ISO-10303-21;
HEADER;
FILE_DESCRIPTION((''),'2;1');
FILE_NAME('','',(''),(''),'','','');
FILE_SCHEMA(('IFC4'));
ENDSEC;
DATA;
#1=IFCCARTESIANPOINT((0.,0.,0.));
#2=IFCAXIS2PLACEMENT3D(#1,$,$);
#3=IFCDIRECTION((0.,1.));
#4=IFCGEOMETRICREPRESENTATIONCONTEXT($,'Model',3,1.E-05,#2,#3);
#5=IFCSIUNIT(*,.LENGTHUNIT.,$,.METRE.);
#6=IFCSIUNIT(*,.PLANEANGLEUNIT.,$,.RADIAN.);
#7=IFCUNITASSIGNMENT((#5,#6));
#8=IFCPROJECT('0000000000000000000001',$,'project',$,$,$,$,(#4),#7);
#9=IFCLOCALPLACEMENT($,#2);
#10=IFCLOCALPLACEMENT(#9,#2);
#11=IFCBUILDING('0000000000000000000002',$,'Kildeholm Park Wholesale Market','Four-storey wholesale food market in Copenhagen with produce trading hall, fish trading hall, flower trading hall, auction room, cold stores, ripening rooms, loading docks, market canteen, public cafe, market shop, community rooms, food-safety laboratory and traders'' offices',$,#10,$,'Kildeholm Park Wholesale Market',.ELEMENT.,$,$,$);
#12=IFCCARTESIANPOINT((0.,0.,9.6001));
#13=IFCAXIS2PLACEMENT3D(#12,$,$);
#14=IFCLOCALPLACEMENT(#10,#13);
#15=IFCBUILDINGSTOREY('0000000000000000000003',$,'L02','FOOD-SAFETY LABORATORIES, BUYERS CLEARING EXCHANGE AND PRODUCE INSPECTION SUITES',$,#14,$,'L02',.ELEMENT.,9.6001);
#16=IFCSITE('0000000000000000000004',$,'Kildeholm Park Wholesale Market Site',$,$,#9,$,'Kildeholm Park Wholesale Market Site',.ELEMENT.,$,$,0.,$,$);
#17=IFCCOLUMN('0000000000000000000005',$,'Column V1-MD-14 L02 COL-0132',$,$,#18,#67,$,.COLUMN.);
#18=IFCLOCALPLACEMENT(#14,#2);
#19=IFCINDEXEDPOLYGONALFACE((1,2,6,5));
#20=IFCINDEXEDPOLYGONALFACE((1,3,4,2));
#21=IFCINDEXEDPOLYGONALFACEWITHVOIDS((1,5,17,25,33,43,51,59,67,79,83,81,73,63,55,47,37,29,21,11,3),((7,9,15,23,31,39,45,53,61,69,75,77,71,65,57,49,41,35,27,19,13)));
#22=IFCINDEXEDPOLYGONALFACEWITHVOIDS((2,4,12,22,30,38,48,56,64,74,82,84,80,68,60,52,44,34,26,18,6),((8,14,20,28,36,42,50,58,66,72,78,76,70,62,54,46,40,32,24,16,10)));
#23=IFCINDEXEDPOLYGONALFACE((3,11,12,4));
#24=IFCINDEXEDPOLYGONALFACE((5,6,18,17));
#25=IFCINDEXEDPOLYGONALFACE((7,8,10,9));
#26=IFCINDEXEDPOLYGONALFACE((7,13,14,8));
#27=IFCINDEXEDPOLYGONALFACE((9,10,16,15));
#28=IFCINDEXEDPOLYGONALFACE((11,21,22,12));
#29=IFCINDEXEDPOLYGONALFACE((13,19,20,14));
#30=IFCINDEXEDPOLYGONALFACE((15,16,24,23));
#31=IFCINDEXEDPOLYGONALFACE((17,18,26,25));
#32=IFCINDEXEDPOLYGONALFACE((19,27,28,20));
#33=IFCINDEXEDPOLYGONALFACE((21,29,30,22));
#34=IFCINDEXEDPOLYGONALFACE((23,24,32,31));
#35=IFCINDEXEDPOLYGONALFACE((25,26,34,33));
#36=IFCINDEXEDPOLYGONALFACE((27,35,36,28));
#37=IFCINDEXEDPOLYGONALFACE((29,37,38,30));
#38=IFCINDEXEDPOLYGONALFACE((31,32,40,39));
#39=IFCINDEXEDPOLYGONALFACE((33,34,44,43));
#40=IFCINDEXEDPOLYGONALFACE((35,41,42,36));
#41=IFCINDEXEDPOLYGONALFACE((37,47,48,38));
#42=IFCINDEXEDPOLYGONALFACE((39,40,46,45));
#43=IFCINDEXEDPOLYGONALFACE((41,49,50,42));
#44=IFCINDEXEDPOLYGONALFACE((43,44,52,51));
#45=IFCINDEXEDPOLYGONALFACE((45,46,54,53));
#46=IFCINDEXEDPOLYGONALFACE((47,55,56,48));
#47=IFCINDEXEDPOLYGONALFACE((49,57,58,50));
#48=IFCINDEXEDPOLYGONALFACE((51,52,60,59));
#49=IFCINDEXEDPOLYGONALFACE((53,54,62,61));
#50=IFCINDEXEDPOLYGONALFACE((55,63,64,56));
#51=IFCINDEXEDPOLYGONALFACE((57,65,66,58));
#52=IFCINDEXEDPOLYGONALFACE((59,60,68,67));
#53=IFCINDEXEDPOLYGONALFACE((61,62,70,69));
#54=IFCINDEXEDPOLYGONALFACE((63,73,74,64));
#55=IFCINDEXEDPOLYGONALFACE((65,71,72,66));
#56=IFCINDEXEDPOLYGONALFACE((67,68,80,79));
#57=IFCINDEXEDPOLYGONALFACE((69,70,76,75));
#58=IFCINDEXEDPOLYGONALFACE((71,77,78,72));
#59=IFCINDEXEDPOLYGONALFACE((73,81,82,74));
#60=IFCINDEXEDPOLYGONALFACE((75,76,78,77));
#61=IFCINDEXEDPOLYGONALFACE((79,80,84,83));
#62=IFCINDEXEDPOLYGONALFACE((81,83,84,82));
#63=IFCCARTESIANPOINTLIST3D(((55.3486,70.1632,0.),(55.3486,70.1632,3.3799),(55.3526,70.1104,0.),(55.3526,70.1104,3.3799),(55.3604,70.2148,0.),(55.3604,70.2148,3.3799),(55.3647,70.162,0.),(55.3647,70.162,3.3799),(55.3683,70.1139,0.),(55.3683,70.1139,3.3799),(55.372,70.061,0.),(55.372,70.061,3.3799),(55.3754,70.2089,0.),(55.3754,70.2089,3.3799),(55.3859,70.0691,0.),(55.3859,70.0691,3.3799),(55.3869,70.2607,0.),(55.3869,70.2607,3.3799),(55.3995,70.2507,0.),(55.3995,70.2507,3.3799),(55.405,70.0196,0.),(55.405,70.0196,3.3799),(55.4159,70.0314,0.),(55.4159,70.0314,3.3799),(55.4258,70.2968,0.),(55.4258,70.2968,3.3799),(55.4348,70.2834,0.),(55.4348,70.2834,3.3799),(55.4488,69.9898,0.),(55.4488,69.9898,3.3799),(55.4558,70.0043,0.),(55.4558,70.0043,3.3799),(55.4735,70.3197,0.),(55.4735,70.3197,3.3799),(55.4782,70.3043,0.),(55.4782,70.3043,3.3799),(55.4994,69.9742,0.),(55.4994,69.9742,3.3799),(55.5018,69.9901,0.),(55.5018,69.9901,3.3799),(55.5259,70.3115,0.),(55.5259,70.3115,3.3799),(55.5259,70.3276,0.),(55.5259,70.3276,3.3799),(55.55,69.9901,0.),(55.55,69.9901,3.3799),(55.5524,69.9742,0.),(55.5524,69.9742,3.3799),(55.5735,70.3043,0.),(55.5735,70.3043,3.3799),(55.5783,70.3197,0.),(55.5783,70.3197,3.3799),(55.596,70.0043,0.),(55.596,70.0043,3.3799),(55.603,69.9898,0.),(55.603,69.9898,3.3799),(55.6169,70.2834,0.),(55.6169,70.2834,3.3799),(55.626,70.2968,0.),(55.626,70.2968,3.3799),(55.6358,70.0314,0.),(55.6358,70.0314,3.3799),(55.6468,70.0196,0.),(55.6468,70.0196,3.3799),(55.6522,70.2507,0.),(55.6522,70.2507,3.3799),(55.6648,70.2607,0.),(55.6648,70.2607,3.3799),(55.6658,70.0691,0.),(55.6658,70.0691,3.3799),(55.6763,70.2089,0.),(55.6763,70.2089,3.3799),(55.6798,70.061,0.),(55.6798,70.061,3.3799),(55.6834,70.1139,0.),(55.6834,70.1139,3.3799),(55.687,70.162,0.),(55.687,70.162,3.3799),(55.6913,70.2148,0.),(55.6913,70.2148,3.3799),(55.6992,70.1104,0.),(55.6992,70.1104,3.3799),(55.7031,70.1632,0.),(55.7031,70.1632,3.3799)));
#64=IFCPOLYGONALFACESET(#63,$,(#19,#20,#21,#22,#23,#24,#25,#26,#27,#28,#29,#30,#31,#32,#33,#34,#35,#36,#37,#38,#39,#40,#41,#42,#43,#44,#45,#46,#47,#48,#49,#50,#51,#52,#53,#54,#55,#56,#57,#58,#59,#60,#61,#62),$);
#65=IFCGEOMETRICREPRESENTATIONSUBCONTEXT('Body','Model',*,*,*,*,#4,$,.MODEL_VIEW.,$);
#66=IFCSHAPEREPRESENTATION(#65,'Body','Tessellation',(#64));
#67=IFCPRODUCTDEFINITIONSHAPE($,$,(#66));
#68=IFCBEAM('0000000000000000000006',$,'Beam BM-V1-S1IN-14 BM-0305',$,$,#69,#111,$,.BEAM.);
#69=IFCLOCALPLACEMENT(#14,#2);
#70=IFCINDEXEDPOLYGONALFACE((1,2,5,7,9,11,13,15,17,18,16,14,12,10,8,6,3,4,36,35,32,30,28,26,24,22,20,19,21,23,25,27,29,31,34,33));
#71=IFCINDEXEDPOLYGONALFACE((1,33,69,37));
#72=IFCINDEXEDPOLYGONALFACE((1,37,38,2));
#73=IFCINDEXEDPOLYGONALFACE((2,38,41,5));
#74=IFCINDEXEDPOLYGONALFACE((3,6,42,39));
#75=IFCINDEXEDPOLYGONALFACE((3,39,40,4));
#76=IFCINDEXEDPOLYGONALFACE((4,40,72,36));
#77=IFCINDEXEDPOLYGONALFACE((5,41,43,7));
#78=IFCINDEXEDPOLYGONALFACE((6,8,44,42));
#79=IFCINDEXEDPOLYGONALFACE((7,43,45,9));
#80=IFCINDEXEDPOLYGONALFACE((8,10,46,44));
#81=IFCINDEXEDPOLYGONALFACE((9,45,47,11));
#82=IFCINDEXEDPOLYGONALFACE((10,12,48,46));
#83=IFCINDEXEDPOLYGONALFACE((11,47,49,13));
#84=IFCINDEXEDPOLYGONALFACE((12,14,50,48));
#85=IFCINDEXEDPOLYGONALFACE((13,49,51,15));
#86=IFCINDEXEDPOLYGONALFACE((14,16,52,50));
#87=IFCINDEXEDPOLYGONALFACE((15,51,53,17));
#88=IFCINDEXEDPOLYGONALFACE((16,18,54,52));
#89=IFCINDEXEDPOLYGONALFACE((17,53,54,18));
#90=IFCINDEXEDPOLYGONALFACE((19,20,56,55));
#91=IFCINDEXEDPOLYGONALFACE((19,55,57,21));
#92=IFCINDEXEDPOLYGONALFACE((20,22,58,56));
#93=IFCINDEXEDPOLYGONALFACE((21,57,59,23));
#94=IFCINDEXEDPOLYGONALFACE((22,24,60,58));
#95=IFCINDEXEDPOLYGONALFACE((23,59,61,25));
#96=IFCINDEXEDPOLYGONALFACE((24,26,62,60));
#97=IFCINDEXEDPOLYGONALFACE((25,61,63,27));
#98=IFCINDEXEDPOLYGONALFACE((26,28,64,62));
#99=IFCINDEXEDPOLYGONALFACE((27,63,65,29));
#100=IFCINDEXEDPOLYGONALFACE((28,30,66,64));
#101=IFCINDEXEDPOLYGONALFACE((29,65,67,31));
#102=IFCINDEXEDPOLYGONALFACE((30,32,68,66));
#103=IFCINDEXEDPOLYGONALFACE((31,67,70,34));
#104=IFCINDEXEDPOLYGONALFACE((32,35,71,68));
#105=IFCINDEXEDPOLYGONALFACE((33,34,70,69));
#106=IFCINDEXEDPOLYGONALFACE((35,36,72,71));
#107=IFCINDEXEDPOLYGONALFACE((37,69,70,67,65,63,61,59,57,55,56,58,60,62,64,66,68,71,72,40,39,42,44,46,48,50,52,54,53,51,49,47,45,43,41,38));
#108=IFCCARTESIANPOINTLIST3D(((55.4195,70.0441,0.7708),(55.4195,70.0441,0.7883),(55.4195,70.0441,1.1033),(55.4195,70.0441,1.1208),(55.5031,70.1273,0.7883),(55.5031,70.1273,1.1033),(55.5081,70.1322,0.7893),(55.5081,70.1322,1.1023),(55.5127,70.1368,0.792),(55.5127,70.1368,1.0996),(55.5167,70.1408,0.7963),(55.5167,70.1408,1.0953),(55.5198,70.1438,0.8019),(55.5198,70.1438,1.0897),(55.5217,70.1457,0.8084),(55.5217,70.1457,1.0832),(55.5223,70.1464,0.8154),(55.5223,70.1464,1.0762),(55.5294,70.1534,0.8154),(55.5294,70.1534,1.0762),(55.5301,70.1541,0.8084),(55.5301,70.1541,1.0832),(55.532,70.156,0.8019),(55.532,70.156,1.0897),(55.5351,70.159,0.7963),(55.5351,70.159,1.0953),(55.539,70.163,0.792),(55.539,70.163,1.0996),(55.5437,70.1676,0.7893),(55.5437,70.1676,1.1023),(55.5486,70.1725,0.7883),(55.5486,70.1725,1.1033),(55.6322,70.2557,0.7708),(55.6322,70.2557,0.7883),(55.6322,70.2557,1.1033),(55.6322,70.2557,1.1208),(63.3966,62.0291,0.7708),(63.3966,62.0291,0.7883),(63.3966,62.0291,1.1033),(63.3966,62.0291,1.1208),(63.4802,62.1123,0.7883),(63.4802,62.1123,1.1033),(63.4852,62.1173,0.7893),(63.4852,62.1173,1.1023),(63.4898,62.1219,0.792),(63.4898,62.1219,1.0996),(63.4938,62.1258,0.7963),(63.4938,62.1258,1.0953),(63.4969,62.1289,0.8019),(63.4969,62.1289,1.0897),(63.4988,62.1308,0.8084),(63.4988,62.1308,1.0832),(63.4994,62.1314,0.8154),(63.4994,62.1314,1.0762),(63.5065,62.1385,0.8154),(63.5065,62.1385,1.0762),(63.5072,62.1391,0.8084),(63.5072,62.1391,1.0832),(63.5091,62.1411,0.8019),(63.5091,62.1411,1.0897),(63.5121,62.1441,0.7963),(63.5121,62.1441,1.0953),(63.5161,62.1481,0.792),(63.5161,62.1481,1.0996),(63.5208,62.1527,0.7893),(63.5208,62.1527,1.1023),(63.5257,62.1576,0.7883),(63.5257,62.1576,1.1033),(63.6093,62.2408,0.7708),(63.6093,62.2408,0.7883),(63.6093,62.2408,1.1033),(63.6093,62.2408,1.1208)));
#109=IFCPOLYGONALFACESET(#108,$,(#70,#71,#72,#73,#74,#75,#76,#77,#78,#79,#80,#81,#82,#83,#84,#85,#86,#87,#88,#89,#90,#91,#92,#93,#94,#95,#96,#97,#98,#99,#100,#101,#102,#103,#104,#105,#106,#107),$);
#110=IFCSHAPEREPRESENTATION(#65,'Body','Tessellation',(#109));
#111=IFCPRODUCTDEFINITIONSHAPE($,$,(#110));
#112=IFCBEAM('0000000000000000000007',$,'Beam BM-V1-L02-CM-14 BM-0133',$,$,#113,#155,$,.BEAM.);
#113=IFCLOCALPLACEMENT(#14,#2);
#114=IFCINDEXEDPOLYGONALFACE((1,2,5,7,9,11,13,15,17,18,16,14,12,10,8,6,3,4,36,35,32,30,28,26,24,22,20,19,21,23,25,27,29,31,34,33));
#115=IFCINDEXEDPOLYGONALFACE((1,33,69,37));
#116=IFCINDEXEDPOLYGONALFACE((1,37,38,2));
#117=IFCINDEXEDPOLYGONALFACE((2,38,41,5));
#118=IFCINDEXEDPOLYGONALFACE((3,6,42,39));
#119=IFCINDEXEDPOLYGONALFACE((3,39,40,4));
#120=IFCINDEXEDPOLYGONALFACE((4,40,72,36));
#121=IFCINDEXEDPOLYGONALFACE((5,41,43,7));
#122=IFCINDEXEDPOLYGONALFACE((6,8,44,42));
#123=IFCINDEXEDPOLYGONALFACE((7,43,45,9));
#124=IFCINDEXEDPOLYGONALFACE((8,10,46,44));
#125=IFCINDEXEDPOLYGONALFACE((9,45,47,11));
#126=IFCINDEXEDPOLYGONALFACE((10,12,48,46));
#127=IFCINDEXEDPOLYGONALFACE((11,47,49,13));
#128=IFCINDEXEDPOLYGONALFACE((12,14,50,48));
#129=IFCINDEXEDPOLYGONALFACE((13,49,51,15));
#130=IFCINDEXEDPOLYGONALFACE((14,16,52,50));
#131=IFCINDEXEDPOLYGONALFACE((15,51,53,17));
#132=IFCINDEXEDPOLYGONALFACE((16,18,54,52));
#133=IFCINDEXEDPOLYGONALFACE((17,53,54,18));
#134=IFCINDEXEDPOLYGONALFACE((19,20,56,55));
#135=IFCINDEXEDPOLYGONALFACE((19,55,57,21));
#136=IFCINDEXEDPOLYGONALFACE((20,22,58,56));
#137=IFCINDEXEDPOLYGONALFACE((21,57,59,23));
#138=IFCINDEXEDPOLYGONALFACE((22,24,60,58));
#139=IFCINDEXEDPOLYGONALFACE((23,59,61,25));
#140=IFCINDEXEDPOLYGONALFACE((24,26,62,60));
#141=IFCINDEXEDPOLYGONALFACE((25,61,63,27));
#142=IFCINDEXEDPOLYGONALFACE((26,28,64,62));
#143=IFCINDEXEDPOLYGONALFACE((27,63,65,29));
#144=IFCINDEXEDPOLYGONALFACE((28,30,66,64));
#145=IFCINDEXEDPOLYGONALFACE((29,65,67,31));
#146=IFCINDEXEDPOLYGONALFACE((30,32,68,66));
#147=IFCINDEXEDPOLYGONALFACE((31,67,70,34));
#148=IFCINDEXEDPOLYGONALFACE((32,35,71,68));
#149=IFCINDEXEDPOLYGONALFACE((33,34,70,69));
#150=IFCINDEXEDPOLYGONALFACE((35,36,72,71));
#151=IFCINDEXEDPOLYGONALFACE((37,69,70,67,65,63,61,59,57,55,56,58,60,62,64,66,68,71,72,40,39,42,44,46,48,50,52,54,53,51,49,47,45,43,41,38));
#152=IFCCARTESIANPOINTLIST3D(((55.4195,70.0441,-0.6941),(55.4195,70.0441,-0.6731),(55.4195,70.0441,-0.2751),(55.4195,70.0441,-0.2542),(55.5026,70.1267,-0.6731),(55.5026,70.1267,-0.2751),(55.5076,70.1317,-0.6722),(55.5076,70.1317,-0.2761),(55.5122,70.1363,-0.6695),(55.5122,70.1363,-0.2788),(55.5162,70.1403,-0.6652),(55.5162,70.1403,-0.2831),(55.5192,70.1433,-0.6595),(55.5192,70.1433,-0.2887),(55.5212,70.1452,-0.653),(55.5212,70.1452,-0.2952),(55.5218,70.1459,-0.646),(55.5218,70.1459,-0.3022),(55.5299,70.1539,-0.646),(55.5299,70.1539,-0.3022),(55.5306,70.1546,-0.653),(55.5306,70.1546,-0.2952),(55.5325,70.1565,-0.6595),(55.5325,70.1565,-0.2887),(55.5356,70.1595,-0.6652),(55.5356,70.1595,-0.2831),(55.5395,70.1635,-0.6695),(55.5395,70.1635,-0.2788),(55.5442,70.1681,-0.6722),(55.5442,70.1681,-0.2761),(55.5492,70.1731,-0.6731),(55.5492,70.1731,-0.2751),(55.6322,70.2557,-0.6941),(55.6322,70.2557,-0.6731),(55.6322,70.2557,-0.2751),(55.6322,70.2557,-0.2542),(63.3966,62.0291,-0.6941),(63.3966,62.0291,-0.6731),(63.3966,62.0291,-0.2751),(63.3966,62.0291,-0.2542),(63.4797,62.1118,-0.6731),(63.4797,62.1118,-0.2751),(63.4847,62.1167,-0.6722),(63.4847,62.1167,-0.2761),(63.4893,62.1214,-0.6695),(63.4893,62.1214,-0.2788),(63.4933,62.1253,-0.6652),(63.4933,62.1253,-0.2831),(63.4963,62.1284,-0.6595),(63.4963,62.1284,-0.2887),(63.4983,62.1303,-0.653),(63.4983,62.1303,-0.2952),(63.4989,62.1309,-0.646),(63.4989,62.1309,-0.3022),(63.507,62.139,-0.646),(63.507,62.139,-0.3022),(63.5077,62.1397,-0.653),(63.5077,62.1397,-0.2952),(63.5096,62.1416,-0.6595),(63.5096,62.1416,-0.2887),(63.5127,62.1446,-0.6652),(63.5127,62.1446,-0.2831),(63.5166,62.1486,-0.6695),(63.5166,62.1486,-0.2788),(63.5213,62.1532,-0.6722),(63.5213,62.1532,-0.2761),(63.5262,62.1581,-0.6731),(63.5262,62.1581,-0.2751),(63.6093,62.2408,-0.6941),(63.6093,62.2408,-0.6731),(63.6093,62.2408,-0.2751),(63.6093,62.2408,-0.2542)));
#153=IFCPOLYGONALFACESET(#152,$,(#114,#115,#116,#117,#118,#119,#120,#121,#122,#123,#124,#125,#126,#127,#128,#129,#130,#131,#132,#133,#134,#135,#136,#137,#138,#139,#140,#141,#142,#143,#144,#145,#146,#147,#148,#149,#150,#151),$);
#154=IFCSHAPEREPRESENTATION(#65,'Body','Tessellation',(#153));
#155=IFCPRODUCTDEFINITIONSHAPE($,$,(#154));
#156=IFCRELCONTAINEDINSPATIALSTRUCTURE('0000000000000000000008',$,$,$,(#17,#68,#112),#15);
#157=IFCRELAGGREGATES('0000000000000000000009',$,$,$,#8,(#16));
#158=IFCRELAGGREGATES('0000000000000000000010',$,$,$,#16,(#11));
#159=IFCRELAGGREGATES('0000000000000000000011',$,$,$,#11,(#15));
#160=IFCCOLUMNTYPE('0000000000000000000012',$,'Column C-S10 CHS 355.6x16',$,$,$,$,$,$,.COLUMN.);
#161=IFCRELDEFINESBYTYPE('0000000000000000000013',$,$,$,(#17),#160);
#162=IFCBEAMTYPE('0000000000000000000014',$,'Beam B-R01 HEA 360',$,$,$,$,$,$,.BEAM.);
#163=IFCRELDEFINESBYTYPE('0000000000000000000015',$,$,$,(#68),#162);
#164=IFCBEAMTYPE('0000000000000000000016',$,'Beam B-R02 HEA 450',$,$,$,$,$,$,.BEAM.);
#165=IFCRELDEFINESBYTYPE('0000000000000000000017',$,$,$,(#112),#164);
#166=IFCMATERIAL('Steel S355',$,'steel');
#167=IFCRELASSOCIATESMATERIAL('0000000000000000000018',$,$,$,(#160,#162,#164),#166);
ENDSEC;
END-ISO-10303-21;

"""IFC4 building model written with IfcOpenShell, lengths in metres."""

from ifc_helpers import new_model, si_unit, direction, frame, origin, origin_2d, place, context, subcontext, project, spatial, hollow_circle, i_section, extrude, material, material_profile, profile_set, type_object, element, save


model = new_model("IFC4")

# Units and contexts
model_context = context("Model", 3, precision=1e-05, world=origin(), true_north=direction((0.0, 1.0)))
body_context = subcontext(model_context, "Body", "Model", "MODEL_VIEW")
ifc_project = project(units=[si_unit("LENGTHUNIT", "METRE"), si_unit("PLANEANGLEUNIT", "RADIAN")], contexts=[model_context])

# Site, building, storey
site_placement = place(None, origin())
site = spatial("IfcSite", under=ifc_project, at=site_placement, Name="Kildeholm Park Wholesale Market Site", LongName="Kildeholm Park Wholesale Market Site", CompositionType="ELEMENT", RefElevation=0.0)
building_placement = place(site_placement, origin())
building = spatial("IfcBuilding", under=site, at=building_placement, Name="Kildeholm Park Wholesale Market", Description="Four-storey wholesale food market in Copenhagen with produce trading hall, fish trading hall, flower trading hall, auction room, cold stores, ripening rooms, loading docks, market canteen, public cafe, market shop, community rooms, food-safety laboratory and traders' offices", LongName="Kildeholm Park Wholesale Market", CompositionType="ELEMENT")
storey_placement = place(building_placement, frame((0.0, 0.0, 9.6001)))
storey = spatial("IfcBuildingStorey", under=building, at=storey_placement, Name="L02", Description="FOOD-SAFETY LABORATORIES, BUYERS CLEARING EXCHANGE AND PRODUCE INSPECTION SUITES", LongName="L02", CompositionType="ELEMENT", Elevation=9.6001)

# Column
ifc_material_1 = material(Name="Steel S355", Category="steel")
ifc_material_profile_1 = material_profile(ifc_material_1, hollow_circle(Radius=0.1777, WallThickness=0.0161, at=origin_2d()), Name="CHS 355.6x16")
ifc_profile_set_1 = profile_set([ifc_material_profile_1], Name="Steel S355")
column_type = type_object("IfcColumnType", Name="Column C-S10 CHS 355.6x16", PredefinedType="COLUMN", material=ifc_profile_set_1)
column_placement = place(storey_placement, frame((55.5259, 70.1499, 0.0), z_axis=(0.0, 0.0, 1.0), x_axis=(-0.866025, -0.5, 0.0)))
element("IfcColumn", 1, at=column_placement, inside=storey, type_object=column_type, Name="Column V1-MD-14 L02 COL-0132", PredefinedType="COLUMN", context=body_context, shape_type="SweptSolid", body=[
    extrude(hollow_circle(Radius=0.1777, WallThickness=0.0161, at=origin_2d()), origin(), (0.0, 0.0, 1.0), 3.3799),
])

# Beams
ifc_material_profile_2 = material_profile(ifc_material_1, i_section(OverallWidth=0.3, OverallDepth=0.3501, WebThickness=0.01, FlangeThickness=0.0176, FilletRadius=0.0271, at=origin_2d()), Name="HEA 360")
ifc_profile_set_2 = profile_set([ifc_material_profile_2], Name="Steel S355")
beam_type_1 = type_object("IfcBeamType", Name="Beam B-R01 HEA 360", PredefinedType="BEAM", material=ifc_profile_set_2)
beam_1_placement = place(storey_placement, frame((55.5259, 70.1499, 0.9458), z_axis=(0.705432, -0.708778, 0.0), x_axis=(0.708778, 0.705432, 0.0)))
element("IfcBeam", 2, at=beam_1_placement, inside=storey, type_object=beam_type_1, Name="Beam BM-V1-S1IN-14 BM-0305", PredefinedType="BEAM", context=body_context, shape_type="SweptSolid", body=[
    extrude(i_section(OverallWidth=0.3, OverallDepth=0.3501, WebThickness=0.01, FlangeThickness=0.0176, FilletRadius=0.0271, at=origin_2d()), origin(), (0.0, 0.0, 1.0), 11.3081),
])
ifc_material_profile_3 = material_profile(ifc_material_1, i_section(OverallWidth=0.3, OverallDepth=0.4399, WebThickness=0.0115, FlangeThickness=0.021, FilletRadius=0.0271, at=origin_2d()), Name="HEA 450")
ifc_profile_set_3 = profile_set([ifc_material_profile_3], Name="Steel S355")
beam_type_2 = type_object("IfcBeamType", Name="Beam B-R02 HEA 450", PredefinedType="BEAM", material=ifc_profile_set_3)
beam_2_placement = place(storey_placement, frame((55.5259, 70.1499, -0.4741), z_axis=(0.705432, -0.708778, 0.0), x_axis=(0.708778, 0.705432, 0.0)))
element("IfcBeam", 3, at=beam_2_placement, inside=storey, type_object=beam_type_2, Name="Beam BM-V1-L02-CM-14 BM-0133", PredefinedType="BEAM", context=body_context, shape_type="SweptSolid", body=[
    extrude(i_section(OverallWidth=0.3, OverallDepth=0.4399, WebThickness=0.0115, FlangeThickness=0.021, FilletRadius=0.0271, at=origin_2d()), origin(), (0.0, 0.0, 1.0), 11.3081),
])

save(model, "model.ifc")
